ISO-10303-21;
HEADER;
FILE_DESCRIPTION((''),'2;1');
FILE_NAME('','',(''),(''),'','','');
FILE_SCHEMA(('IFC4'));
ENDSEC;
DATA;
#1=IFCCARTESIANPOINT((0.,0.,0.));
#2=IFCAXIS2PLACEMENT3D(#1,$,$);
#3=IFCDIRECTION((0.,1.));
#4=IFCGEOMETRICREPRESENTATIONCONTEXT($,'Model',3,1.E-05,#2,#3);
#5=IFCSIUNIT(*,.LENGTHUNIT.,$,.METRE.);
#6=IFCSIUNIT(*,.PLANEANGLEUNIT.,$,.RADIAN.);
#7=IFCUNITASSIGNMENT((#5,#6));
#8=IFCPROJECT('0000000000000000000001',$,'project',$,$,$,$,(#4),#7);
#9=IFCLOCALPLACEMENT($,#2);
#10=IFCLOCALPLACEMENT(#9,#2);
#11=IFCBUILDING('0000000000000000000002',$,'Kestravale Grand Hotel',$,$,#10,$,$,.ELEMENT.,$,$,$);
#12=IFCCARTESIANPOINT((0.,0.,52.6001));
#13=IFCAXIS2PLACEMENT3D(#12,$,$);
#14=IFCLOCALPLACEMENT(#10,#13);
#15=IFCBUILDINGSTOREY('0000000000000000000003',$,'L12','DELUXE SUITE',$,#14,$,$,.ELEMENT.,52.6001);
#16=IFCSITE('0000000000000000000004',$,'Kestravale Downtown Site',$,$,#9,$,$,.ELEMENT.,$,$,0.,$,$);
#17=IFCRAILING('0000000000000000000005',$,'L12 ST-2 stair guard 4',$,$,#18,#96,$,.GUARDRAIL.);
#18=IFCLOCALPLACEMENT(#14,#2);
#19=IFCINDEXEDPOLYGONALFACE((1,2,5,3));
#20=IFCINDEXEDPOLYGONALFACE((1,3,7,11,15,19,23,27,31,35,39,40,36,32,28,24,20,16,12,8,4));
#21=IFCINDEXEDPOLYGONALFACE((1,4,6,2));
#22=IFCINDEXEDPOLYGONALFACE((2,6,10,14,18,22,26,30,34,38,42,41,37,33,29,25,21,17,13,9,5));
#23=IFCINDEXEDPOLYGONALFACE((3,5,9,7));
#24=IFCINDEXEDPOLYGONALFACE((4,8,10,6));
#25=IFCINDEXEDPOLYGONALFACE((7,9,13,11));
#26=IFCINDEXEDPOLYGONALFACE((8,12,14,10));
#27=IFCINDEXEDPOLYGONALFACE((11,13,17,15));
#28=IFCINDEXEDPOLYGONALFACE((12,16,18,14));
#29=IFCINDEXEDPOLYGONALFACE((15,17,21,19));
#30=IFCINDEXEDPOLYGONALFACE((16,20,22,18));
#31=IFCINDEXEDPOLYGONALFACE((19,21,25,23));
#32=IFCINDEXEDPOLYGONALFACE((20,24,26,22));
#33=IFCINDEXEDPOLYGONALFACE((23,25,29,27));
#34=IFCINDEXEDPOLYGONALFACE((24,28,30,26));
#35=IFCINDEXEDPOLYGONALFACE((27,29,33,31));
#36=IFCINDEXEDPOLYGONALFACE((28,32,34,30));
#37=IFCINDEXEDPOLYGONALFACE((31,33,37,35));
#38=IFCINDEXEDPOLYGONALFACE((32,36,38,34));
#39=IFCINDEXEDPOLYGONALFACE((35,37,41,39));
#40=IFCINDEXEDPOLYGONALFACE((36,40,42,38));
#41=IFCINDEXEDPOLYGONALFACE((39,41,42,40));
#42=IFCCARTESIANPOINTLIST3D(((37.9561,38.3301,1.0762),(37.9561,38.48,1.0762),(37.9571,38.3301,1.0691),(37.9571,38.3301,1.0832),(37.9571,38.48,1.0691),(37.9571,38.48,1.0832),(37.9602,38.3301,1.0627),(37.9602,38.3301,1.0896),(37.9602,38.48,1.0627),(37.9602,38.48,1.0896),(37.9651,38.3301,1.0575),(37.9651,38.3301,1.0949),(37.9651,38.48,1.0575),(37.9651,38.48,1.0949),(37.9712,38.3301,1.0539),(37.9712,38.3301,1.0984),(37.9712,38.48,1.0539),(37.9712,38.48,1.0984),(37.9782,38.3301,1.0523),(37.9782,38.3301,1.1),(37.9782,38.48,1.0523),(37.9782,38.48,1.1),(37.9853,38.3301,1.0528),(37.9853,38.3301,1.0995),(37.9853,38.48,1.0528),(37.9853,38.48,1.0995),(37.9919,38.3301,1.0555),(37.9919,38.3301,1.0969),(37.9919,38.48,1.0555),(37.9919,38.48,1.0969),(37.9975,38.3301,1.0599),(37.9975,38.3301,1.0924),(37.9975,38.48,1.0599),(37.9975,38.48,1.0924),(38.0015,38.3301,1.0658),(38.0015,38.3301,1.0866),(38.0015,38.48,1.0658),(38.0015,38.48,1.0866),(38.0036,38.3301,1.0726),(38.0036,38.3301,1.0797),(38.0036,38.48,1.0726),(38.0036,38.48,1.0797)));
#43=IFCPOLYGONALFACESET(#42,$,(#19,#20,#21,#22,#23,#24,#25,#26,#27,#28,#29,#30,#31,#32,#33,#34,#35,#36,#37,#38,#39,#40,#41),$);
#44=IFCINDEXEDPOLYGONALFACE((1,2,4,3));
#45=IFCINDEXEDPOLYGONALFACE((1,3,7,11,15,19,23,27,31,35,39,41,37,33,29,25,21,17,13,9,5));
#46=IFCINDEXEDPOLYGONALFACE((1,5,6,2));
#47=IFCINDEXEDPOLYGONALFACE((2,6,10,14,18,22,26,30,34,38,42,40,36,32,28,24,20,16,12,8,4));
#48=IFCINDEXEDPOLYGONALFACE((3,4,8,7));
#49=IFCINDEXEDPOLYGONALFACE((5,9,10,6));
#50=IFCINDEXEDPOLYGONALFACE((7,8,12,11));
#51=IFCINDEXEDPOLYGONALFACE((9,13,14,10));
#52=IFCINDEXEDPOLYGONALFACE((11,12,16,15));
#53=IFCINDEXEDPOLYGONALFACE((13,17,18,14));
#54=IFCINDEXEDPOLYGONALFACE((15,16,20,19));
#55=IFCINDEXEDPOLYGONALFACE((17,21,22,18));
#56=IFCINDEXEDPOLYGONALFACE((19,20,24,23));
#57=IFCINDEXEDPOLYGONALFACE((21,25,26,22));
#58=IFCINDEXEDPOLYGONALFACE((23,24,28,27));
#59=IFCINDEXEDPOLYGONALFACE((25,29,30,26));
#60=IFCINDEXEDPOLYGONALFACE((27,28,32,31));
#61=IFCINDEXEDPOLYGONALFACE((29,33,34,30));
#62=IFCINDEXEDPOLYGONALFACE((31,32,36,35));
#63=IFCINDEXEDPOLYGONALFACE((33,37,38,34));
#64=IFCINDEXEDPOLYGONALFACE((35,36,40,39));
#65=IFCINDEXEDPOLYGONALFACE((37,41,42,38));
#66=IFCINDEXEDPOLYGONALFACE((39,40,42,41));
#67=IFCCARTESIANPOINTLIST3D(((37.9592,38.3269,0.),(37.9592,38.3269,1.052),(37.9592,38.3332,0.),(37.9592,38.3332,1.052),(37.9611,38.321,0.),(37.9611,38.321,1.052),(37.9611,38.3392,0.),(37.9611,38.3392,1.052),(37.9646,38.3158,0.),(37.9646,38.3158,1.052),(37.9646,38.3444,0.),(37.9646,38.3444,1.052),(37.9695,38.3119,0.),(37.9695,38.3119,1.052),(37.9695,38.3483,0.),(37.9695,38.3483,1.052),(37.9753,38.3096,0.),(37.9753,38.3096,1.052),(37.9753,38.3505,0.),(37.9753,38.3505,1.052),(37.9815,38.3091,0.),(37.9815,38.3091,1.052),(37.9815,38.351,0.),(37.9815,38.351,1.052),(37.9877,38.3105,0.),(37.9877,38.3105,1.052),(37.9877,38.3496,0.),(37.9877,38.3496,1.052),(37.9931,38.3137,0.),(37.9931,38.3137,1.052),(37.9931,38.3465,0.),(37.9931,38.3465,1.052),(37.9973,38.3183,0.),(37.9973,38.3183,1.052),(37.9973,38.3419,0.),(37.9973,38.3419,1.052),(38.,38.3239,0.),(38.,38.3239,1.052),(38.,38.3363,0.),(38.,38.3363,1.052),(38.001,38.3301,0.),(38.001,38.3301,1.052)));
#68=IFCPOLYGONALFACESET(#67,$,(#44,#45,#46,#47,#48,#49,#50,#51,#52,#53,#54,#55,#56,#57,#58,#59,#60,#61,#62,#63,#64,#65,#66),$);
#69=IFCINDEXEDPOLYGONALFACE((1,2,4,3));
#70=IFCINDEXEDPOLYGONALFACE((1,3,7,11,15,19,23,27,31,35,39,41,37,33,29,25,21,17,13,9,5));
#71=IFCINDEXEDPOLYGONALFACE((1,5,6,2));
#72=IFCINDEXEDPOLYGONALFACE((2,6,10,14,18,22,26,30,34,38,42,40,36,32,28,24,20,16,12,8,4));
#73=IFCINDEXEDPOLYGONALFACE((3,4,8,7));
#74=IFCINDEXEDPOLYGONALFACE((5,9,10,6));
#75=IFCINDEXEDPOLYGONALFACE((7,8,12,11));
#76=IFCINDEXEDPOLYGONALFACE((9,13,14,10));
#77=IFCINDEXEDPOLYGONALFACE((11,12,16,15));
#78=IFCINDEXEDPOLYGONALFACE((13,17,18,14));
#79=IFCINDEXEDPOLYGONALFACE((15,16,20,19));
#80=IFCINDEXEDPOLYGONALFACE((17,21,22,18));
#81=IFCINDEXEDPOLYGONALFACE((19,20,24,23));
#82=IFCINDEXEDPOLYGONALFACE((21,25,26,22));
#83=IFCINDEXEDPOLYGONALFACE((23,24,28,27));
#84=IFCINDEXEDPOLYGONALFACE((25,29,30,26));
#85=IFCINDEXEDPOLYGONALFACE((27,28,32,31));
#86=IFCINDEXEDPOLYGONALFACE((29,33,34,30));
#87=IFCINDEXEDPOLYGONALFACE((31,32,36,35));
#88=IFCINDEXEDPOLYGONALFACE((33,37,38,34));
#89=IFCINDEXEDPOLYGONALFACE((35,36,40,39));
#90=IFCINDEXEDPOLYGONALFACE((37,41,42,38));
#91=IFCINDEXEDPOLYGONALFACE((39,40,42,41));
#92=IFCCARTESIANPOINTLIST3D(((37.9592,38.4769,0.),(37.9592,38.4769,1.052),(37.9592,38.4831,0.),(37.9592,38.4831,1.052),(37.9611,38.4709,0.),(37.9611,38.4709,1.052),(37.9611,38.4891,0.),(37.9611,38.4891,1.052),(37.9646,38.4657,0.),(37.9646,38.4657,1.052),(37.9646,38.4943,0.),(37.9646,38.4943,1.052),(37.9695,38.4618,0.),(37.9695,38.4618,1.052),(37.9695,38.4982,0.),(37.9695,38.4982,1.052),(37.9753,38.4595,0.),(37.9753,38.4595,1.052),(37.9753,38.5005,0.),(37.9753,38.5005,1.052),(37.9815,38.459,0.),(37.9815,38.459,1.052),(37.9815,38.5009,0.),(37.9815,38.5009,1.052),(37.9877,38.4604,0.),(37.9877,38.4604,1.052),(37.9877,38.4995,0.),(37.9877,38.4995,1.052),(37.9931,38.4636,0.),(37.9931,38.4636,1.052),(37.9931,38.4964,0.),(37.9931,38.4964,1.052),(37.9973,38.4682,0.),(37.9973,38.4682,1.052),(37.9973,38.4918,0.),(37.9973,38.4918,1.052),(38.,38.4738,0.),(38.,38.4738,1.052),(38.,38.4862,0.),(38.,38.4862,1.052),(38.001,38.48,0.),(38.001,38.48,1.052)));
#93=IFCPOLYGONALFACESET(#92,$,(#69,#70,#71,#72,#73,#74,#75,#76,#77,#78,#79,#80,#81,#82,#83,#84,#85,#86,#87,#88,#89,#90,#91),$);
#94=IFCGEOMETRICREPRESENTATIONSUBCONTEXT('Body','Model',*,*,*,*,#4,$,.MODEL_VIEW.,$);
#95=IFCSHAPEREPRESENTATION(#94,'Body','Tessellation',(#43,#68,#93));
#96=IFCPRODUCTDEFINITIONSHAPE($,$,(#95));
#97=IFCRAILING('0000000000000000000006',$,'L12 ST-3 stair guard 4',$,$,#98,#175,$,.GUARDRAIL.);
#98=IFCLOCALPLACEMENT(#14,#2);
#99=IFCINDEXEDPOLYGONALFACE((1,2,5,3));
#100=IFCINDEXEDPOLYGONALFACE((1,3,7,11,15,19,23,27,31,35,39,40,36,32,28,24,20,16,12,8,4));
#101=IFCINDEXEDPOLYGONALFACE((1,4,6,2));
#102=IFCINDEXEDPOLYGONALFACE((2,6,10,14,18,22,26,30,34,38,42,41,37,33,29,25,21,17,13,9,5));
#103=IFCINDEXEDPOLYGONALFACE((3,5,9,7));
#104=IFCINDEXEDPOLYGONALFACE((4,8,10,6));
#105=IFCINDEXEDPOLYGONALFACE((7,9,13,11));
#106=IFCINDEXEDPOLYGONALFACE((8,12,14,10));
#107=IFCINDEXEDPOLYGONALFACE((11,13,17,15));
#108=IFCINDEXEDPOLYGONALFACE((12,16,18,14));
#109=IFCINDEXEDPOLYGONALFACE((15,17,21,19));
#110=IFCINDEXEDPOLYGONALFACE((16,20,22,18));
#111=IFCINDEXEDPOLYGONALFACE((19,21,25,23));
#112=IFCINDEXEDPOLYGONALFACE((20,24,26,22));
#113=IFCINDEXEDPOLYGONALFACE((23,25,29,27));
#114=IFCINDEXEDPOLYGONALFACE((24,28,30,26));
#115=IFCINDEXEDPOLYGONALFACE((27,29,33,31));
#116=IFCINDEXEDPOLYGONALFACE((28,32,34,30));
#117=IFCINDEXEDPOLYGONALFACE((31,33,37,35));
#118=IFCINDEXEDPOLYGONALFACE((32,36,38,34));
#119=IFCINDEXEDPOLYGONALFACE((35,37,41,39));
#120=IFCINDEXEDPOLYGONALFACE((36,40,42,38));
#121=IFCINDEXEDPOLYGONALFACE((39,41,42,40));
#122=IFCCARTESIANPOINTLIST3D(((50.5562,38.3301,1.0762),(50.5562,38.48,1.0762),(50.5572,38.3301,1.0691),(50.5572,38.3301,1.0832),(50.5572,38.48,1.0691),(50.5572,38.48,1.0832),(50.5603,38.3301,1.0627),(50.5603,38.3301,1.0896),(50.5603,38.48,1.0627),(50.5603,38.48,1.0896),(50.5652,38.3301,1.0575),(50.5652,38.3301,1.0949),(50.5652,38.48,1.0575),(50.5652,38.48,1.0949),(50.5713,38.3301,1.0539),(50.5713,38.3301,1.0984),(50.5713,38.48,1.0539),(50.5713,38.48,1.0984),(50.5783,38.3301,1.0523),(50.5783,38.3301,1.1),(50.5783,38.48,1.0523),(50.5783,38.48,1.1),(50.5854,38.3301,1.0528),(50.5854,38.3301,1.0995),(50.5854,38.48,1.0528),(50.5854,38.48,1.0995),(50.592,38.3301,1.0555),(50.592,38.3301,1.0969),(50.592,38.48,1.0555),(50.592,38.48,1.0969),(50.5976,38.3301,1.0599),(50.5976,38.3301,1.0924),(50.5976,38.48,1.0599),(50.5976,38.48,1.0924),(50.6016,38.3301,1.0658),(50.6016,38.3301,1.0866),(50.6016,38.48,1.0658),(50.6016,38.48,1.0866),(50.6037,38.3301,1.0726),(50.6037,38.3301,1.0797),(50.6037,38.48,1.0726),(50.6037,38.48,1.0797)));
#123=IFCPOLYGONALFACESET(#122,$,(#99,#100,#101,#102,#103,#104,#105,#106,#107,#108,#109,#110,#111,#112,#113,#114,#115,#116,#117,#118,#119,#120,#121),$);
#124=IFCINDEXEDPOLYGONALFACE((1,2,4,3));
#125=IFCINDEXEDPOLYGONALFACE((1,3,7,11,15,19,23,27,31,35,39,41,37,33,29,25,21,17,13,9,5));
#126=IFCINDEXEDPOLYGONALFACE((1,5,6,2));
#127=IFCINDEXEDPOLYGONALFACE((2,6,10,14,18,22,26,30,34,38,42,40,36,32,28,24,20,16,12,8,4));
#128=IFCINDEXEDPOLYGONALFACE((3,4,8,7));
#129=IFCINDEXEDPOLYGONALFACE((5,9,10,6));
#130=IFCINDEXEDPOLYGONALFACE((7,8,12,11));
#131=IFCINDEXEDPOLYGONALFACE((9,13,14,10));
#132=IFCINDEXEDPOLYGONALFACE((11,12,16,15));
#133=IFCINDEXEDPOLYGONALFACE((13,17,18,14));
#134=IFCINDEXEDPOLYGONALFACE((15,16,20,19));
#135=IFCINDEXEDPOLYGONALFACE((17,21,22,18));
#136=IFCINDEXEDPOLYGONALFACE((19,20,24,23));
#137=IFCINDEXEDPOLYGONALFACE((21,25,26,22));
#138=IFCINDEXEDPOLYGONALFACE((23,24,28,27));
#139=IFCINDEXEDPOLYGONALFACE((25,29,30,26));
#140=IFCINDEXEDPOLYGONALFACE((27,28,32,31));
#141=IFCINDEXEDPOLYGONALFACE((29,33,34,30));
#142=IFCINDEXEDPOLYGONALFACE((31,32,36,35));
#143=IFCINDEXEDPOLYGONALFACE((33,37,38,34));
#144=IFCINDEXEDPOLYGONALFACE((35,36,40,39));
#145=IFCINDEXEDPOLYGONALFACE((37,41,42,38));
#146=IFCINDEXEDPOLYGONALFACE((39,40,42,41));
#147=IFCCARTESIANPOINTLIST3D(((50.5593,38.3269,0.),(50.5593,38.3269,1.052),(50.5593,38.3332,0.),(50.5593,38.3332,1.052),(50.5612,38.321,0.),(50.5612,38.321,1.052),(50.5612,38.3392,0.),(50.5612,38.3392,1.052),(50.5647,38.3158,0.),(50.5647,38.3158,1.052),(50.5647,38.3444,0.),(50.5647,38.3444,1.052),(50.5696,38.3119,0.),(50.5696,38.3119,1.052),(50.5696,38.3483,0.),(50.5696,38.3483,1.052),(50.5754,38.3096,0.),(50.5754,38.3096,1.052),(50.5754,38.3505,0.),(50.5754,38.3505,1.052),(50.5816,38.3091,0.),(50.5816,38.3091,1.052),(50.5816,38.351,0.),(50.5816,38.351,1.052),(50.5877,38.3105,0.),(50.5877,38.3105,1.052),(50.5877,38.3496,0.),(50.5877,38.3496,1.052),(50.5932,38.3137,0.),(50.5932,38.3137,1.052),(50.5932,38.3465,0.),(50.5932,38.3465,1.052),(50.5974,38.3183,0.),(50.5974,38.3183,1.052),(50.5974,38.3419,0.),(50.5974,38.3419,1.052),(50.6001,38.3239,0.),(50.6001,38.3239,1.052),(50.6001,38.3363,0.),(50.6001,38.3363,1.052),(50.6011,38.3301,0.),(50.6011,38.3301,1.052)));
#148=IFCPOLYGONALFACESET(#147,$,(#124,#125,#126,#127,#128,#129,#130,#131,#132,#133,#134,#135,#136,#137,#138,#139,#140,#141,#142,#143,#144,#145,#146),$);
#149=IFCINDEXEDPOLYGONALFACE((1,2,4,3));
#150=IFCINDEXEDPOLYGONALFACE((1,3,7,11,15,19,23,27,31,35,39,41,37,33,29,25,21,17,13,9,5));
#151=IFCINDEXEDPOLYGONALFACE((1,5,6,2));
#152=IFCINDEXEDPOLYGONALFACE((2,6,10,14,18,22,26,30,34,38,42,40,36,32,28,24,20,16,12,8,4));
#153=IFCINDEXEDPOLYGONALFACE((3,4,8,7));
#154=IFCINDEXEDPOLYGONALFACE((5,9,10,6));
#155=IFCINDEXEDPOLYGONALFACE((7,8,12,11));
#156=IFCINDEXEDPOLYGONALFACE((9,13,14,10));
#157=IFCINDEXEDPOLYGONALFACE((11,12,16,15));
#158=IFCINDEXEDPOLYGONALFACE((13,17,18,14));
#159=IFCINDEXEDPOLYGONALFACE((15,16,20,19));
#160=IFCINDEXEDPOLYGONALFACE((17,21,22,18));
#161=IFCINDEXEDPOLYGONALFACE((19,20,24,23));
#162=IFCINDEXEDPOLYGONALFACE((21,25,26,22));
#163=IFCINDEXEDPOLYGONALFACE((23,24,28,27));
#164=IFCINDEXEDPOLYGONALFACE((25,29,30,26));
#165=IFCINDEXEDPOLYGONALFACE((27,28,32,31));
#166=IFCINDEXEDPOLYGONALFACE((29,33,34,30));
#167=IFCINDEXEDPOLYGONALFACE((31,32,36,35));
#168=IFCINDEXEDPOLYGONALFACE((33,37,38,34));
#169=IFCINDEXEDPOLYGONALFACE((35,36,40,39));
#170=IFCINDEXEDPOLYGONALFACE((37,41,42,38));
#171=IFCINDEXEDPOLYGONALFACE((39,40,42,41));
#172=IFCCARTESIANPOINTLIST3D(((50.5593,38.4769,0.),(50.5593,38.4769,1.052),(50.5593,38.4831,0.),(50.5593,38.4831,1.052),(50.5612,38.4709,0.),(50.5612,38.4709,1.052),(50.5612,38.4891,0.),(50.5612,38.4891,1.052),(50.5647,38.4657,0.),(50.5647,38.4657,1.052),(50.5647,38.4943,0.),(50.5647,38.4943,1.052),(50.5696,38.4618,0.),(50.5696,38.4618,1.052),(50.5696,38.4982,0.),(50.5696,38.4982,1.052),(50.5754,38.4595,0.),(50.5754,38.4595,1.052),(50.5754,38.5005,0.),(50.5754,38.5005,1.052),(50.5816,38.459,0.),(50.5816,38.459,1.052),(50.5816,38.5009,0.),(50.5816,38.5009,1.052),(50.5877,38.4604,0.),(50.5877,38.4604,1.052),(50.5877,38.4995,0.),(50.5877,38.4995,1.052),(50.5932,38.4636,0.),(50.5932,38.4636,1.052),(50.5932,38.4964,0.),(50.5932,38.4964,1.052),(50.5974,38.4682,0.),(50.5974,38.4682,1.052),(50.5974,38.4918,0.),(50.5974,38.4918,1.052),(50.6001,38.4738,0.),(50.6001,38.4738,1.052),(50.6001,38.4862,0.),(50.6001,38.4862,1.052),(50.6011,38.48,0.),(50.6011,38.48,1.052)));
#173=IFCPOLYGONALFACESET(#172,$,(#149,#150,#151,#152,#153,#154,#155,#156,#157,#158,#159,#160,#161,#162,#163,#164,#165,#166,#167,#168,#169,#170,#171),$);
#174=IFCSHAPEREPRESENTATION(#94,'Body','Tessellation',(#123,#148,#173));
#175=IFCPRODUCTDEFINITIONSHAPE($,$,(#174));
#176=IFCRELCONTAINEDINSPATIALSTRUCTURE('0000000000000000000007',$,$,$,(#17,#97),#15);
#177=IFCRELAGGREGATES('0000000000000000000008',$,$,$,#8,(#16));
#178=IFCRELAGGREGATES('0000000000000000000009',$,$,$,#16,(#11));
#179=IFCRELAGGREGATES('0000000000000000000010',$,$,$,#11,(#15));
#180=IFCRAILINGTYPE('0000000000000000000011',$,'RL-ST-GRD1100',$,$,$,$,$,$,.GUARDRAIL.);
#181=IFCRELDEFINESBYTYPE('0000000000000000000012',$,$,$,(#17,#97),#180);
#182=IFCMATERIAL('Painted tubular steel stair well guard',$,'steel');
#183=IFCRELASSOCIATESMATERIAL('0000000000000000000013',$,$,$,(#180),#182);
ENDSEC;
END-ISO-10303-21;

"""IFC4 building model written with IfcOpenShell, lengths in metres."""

from ifc_helpers import new_model, si_unit, direction, frame, origin, origin_2d, place, context, subcontext, project, spatial, circle, extrude, material, type_object, element, save


model = new_model("IFC4")

# Units and contexts
model_context = context("Model", 3, precision=1e-05, world=origin(), true_north=direction((0.0, 1.0)))
body_context = subcontext(model_context, "Body", "Model", "MODEL_VIEW")
ifc_project = project(units=[si_unit("LENGTHUNIT", "METRE"), si_unit("PLANEANGLEUNIT", "RADIAN")], contexts=[model_context])

# Site, building, storey
site_placement = place(None, origin())
site = spatial("IfcSite", under=ifc_project, at=site_placement, Name="Kestravale Downtown Site", CompositionType="ELEMENT", RefElevation=0.0)
building_placement = place(site_placement, origin())
building = spatial("IfcBuilding", under=site, at=building_placement, Name="Kestravale Grand Hotel", CompositionType="ELEMENT")
storey_placement = place(building_placement, frame((0.0, 0.0, 52.6001)))
storey = spatial("IfcBuildingStorey", under=building, at=storey_placement, Name="L12", Description="DELUXE SUITE", CompositionType="ELEMENT", Elevation=52.6001)

# Railings
ifc_material_1 = material(Name="Painted tubular steel stair well guard", Category="steel")
railing_type_1 = type_object("IfcRailingType", Name="RL-ST-GRD1100", PredefinedType="GUARDRAIL", material=ifc_material_1)
for number, where, name in (
    (1, (37.98, 38.3301, 0.0), "L12 ST-2 stair guard 4"),
    (2, (50.5801, 38.3301, 0.0), "L12 ST-3 stair guard 4"),
):
    element("IfcRailing", number, at=place(storey_placement, frame(where)), inside=storey, type_object=railing_type_1, Name=name, PredefinedType="GUARDRAIL", context=body_context, shape_type="SweptSolid", body=[
        extrude(circle(Radius=0.0239, at=origin_2d()), frame((0.0, 0.0, 1.0762), z_axis=(0.0, 1.0, 0.0), x_axis=(-1.0, 0.0, 0.0)), (0.0, 0.0, 1.0), 0.1499),
        extrude(circle(Radius=0.021, at=origin_2d()), origin(), (0.0, 0.0, 1.0), 1.052),
        extrude(circle(Radius=0.021, at=origin_2d()), frame((0.0, 0.1499, 0.0)), (0.0, 0.0, 1.0), 1.052),
    ])

save(model, "model.ifc")
